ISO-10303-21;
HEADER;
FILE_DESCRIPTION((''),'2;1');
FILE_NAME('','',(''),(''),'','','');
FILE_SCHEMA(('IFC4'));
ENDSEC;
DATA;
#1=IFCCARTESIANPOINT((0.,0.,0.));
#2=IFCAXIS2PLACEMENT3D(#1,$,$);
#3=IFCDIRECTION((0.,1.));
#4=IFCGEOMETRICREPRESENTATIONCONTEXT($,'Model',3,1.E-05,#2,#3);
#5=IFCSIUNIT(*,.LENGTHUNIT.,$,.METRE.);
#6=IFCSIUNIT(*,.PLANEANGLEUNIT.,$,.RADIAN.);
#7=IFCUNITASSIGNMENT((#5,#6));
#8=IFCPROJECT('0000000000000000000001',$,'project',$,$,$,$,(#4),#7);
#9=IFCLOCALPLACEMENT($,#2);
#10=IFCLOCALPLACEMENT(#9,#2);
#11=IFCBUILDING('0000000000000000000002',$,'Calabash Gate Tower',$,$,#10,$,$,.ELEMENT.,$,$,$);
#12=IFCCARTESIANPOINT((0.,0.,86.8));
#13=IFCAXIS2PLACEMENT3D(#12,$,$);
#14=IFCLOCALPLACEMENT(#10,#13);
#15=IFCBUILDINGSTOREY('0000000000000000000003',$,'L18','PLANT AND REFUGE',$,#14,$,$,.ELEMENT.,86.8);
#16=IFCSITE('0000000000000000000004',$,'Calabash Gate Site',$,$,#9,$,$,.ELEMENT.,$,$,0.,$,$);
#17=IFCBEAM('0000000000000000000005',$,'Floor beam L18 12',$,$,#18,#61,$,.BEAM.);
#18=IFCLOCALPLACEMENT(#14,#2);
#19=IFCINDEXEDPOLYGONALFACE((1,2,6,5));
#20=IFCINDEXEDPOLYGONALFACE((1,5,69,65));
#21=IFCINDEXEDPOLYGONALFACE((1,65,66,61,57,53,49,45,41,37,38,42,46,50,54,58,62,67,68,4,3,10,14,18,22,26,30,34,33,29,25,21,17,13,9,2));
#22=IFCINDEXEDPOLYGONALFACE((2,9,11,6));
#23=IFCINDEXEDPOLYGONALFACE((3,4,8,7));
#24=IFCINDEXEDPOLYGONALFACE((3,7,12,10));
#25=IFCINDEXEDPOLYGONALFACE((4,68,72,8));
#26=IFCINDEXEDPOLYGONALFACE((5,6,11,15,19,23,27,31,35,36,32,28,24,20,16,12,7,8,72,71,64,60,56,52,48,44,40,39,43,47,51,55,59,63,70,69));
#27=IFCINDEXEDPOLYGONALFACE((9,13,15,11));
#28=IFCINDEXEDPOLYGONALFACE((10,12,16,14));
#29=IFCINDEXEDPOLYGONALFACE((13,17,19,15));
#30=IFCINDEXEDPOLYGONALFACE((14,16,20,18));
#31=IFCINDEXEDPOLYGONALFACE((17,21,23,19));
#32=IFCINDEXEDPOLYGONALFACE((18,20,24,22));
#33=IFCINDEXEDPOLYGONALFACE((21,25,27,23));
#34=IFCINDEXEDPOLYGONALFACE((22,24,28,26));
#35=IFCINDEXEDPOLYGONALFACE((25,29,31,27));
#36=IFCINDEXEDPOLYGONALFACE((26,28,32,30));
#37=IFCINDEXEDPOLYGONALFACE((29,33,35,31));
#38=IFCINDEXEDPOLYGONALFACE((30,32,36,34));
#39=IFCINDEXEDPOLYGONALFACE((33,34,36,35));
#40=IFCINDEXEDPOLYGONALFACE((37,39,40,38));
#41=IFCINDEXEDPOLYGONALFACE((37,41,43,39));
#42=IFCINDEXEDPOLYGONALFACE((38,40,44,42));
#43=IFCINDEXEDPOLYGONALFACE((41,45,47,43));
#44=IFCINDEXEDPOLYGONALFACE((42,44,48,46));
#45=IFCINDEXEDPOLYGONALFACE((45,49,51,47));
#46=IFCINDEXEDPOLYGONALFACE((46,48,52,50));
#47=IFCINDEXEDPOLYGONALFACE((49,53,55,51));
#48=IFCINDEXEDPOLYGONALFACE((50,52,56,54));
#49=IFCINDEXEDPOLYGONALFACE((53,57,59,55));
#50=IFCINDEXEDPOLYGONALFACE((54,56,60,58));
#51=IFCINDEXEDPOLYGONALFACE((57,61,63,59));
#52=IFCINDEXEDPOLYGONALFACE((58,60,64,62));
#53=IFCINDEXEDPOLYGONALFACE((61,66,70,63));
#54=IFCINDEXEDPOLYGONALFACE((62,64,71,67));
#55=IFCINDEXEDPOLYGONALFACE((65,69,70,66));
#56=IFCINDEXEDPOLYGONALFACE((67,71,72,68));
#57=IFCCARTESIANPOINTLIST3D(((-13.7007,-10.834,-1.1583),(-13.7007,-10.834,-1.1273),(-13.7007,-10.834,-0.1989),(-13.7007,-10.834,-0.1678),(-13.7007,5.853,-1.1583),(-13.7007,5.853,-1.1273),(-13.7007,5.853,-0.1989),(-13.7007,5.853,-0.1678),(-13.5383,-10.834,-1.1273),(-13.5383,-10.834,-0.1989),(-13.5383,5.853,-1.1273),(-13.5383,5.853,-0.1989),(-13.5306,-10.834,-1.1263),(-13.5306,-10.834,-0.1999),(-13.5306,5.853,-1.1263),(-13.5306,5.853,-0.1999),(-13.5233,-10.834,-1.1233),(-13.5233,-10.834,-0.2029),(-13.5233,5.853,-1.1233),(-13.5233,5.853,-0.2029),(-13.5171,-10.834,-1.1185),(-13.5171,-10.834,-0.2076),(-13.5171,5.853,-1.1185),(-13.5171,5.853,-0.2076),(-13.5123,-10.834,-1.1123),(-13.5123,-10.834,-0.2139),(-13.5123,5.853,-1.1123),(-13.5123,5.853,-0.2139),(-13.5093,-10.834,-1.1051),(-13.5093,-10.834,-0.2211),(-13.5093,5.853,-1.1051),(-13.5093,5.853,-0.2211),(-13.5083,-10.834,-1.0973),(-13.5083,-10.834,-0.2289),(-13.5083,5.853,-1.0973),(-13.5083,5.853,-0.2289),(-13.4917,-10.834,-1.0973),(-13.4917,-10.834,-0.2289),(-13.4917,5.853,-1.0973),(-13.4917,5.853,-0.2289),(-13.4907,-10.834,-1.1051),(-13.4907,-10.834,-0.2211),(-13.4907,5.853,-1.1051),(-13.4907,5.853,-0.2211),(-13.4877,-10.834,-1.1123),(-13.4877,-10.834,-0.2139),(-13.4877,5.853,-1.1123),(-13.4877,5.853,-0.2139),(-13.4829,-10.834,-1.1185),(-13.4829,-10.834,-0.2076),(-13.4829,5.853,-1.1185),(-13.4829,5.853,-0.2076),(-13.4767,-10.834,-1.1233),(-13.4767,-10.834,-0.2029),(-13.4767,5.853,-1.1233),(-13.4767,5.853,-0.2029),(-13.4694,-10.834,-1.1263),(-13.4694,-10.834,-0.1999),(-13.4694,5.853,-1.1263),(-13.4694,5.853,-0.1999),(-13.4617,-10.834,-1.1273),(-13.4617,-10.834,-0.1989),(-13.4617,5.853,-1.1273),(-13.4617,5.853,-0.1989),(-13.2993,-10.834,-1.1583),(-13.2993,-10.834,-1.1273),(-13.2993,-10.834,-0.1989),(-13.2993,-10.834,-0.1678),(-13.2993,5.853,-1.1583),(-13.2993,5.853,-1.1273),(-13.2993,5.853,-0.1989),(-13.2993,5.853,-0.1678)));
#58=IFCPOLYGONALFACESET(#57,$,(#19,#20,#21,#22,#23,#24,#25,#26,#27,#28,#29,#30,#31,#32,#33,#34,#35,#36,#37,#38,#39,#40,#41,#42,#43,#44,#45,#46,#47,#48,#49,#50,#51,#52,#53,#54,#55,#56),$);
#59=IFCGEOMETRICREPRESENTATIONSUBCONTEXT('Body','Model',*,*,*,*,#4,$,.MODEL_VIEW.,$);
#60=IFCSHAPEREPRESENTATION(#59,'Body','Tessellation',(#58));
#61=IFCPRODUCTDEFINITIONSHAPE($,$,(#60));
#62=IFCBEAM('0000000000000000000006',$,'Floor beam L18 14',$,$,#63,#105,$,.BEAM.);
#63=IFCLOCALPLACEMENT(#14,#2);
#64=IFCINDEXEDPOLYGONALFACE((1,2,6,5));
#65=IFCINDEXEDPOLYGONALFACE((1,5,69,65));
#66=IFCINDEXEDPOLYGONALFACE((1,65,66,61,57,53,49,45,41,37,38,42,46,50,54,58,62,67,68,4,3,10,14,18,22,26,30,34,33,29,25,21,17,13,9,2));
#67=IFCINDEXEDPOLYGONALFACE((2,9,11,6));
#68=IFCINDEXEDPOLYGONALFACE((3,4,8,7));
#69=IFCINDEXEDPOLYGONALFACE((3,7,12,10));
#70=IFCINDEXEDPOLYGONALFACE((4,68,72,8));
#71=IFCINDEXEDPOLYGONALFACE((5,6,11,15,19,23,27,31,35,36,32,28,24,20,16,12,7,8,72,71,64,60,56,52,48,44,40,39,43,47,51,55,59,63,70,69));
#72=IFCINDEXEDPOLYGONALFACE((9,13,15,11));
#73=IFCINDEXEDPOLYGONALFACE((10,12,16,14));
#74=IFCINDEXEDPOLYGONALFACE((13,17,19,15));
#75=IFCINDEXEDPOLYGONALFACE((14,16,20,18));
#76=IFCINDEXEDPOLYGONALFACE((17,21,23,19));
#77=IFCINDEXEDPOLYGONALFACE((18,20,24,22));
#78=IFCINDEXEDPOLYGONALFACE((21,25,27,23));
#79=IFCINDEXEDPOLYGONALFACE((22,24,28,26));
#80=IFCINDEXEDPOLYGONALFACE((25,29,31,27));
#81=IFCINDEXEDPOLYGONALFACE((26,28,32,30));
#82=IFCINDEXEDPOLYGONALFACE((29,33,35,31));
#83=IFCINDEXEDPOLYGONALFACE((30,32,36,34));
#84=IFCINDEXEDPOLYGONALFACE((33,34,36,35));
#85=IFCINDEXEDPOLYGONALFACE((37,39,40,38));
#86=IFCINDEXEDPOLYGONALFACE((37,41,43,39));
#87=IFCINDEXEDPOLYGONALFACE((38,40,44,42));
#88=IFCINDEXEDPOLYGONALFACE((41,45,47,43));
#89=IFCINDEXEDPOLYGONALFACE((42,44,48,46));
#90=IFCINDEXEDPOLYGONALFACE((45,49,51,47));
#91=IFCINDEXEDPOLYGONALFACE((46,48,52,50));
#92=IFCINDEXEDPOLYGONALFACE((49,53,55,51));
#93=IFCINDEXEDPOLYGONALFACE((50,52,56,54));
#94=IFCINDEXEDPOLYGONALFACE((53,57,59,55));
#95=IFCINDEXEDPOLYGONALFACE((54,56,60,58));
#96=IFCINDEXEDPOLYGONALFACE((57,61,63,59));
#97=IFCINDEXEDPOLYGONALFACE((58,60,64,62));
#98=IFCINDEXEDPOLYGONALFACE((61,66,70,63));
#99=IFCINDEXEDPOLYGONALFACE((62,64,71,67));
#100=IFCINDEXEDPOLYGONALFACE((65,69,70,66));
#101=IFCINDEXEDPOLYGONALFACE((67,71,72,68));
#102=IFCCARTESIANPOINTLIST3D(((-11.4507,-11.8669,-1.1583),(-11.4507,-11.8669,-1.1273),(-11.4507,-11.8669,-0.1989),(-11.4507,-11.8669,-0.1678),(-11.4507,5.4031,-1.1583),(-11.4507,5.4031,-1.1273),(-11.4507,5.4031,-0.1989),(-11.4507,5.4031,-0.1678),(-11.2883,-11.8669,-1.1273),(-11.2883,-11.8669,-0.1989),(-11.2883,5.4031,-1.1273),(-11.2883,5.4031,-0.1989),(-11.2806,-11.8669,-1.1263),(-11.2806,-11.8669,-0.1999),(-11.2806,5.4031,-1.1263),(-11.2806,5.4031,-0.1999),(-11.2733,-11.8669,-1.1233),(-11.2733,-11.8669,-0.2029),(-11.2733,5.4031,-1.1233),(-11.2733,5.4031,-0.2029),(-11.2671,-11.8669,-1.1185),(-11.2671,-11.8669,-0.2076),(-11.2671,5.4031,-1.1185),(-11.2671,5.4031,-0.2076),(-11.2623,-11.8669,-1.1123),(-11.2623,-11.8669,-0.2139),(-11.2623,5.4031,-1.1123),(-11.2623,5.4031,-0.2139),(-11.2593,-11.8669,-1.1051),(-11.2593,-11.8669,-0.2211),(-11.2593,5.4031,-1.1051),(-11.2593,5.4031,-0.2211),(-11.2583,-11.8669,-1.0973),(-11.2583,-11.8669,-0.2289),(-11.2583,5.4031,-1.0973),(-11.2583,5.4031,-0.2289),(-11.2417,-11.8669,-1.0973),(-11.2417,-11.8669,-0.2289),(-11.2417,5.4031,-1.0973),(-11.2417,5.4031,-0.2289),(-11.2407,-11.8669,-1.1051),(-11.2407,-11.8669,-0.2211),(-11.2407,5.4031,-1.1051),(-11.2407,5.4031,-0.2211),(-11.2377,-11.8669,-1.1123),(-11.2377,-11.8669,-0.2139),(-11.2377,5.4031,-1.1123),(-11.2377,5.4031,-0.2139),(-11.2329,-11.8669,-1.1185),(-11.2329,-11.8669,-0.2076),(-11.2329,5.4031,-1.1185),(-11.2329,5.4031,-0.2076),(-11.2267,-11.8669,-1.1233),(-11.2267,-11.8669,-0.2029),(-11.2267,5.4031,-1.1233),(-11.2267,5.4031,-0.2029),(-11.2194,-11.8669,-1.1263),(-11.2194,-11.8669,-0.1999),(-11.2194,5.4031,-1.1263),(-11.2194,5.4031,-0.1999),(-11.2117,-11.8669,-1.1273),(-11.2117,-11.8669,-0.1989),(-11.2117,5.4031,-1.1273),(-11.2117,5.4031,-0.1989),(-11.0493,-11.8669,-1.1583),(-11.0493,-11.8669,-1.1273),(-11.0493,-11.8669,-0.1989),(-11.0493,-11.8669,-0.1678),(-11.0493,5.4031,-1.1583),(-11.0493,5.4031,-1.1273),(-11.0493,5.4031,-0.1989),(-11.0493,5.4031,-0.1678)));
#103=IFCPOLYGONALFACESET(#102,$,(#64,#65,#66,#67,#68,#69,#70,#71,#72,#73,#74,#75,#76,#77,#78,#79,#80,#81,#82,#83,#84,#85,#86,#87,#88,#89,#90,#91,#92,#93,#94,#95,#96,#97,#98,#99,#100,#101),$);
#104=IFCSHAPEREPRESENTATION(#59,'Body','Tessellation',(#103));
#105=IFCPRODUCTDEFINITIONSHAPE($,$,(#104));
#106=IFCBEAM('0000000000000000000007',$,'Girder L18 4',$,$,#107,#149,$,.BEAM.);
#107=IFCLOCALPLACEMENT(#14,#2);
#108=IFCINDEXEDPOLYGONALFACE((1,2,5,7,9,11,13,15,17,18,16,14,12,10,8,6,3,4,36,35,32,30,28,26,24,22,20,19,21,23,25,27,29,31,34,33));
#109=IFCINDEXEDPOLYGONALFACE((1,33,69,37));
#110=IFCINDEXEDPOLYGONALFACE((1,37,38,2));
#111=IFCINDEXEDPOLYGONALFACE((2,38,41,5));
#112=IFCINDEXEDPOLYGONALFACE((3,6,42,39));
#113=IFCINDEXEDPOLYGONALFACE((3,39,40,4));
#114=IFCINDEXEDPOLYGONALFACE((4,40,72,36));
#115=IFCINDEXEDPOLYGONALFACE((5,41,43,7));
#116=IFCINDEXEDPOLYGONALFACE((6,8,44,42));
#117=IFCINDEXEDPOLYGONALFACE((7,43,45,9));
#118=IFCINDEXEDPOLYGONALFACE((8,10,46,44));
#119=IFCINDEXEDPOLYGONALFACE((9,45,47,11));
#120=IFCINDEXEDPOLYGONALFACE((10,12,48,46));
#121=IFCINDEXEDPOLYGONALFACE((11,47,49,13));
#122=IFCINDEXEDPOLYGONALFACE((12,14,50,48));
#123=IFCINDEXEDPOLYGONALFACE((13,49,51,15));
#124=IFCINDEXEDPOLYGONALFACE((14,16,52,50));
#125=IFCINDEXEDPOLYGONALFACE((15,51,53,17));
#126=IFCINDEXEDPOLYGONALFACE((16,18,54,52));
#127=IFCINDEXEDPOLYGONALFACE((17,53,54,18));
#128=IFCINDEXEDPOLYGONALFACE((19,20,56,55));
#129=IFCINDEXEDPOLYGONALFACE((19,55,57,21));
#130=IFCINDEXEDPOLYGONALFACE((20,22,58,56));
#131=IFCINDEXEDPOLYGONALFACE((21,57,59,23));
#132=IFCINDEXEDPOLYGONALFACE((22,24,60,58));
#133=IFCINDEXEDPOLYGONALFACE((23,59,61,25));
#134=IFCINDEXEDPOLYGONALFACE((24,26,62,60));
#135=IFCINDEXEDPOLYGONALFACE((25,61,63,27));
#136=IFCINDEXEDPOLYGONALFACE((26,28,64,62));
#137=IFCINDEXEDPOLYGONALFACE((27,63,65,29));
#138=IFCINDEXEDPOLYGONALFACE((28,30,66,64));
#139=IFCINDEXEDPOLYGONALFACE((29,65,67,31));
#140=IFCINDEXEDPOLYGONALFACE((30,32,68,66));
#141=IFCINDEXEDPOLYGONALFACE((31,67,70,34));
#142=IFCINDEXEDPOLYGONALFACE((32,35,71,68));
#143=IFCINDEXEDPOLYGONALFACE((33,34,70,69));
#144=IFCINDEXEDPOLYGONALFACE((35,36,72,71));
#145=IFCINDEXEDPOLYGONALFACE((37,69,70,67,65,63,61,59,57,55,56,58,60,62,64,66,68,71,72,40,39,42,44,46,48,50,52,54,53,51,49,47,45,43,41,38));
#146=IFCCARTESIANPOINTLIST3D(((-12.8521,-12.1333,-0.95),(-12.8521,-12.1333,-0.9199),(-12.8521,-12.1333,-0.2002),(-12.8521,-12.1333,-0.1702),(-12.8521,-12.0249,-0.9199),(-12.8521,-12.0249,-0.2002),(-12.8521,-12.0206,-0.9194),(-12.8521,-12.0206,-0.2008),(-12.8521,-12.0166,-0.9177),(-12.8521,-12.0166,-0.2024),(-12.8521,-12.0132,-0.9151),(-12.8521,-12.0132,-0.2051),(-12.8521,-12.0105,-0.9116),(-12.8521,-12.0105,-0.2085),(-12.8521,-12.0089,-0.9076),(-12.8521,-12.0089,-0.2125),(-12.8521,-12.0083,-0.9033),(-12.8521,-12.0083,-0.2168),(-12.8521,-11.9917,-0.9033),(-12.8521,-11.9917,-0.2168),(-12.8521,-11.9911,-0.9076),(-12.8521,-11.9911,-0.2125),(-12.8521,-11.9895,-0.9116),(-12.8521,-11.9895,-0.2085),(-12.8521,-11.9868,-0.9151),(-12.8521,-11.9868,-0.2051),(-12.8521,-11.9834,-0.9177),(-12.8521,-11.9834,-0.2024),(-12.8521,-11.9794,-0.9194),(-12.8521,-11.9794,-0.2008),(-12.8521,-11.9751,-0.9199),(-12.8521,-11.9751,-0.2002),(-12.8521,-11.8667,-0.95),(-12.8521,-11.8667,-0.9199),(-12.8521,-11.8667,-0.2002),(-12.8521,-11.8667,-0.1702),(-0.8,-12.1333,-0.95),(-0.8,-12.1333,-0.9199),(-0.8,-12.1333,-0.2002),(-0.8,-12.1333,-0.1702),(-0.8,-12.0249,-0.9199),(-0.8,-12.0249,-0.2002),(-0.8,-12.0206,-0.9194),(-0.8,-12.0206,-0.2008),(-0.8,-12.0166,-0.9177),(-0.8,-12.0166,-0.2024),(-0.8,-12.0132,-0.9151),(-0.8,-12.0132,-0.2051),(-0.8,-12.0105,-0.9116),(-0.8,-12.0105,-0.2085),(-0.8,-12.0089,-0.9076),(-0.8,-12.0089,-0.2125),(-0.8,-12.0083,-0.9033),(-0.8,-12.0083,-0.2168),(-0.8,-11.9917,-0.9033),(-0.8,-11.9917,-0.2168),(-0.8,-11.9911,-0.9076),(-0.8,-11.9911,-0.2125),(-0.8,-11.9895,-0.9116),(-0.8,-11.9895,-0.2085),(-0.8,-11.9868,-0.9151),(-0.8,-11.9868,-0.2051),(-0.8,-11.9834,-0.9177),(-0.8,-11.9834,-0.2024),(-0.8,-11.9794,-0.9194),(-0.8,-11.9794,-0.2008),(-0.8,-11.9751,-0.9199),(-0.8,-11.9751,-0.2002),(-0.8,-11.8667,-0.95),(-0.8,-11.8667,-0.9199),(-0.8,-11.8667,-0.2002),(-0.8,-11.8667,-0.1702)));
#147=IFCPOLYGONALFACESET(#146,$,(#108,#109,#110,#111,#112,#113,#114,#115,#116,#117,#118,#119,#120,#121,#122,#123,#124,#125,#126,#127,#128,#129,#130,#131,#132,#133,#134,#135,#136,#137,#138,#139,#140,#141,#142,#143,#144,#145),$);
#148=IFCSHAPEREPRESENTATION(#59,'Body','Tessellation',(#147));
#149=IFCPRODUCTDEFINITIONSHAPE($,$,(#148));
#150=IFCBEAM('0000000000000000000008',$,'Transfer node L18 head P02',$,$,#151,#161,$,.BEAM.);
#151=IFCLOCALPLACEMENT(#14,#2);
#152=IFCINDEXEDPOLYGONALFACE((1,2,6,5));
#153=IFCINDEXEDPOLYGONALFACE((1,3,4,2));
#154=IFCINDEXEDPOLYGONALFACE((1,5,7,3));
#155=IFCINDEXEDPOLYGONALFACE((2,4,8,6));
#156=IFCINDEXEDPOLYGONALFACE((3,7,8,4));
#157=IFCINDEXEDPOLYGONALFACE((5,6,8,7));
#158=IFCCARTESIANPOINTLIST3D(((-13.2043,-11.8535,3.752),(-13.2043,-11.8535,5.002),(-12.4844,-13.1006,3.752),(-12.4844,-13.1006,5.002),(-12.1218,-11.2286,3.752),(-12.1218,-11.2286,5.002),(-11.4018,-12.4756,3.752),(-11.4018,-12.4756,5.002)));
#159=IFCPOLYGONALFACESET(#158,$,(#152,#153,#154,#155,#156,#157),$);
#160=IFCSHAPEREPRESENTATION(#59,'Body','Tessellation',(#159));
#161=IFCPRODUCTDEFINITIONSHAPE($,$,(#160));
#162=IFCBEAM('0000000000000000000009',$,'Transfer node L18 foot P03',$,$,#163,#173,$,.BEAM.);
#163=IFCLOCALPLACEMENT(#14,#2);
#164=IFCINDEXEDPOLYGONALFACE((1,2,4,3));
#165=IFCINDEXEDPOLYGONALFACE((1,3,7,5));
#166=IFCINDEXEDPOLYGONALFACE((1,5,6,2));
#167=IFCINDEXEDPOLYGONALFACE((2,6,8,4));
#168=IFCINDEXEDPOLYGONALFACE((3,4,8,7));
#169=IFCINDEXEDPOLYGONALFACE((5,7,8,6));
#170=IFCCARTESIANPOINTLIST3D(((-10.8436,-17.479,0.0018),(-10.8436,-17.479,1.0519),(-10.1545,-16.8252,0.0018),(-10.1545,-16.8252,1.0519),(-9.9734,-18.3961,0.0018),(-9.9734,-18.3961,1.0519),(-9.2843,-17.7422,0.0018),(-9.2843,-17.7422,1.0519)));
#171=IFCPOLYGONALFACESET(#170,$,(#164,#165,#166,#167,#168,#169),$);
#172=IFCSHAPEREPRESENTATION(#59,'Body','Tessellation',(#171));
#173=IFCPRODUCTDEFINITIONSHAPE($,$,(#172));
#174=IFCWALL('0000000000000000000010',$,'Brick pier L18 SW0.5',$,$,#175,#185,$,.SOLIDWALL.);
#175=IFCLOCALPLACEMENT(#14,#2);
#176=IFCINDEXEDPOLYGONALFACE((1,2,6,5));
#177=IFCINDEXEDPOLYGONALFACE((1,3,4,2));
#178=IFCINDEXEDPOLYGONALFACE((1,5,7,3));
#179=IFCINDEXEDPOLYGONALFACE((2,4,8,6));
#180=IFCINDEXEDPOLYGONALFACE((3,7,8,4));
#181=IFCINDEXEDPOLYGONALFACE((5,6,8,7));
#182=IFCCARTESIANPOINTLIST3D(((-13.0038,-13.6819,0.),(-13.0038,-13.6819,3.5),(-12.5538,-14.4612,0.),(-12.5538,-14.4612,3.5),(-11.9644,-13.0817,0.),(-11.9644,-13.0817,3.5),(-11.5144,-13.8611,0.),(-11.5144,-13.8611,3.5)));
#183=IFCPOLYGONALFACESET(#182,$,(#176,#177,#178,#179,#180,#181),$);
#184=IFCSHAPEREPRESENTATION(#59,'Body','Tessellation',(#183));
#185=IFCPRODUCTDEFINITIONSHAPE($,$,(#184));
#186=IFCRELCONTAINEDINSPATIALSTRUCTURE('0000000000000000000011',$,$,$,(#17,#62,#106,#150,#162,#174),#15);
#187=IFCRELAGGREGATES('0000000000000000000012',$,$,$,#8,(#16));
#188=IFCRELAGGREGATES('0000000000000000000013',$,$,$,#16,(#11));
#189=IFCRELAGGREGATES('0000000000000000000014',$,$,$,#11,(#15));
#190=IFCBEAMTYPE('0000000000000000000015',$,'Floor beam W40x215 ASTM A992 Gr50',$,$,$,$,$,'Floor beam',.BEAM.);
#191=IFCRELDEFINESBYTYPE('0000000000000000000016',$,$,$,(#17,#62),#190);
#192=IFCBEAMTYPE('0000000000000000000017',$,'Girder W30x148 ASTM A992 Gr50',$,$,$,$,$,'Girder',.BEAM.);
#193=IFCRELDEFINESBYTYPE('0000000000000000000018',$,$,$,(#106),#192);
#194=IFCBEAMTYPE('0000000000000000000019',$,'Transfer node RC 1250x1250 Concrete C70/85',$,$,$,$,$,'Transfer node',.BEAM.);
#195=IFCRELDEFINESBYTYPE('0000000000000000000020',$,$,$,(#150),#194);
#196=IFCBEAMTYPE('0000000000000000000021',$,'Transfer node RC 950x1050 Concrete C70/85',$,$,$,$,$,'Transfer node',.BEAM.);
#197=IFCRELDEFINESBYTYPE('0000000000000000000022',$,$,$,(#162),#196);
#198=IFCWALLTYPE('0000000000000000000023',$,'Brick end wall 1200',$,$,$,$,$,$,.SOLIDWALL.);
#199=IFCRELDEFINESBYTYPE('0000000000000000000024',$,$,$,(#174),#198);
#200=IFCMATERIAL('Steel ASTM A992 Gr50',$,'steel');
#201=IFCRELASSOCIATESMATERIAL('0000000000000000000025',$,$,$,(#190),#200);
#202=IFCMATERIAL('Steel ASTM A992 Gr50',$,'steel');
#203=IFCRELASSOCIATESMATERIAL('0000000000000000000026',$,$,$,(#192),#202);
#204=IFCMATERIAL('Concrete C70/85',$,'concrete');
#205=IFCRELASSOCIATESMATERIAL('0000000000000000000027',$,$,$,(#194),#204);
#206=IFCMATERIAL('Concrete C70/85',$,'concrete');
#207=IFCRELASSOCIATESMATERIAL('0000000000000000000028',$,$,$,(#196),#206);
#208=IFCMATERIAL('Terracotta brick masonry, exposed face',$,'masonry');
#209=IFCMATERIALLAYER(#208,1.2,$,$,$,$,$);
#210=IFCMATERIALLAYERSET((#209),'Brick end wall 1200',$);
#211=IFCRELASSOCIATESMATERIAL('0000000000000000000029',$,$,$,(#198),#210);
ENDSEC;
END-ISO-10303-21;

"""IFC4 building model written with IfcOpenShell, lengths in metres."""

from ifc_helpers import new_model, si_unit, direction, frame, frame_2d, origin, origin_2d, place, context, subcontext, project, spatial, rectangle, i_section, extrude, material, layer, layer_set, material_profile, profile_set, type_object, element, save


model = new_model("IFC4")

# Units and contexts
model_context = context("Model", 3, precision=1e-05, world=origin(), true_north=direction((0.0, 1.0)))
body_context = subcontext(model_context, "Body", "Model", "MODEL_VIEW")
ifc_project = project(units=[si_unit("LENGTHUNIT", "METRE"), si_unit("PLANEANGLEUNIT", "RADIAN")], contexts=[model_context])

# Site, building, storey
site_placement = place(None, origin())
site = spatial("IfcSite", under=ifc_project, at=site_placement, Name="Calabash Gate Site", CompositionType="ELEMENT", RefElevation=0.0)
building_placement = place(site_placement, origin())
building = spatial("IfcBuilding", under=site, at=building_placement, Name="Calabash Gate Tower", CompositionType="ELEMENT")
storey_placement = place(building_placement, frame((0.0, 0.0, 86.8)))
storey = spatial("IfcBuildingStorey", under=building, at=storey_placement, Name="L18", Description="PLANT AND REFUGE", CompositionType="ELEMENT", Elevation=86.8)

# Beams
ifc_material_1 = material(Name="Steel ASTM A992 Gr50", Category="steel")
ifc_material_profile_1 = material_profile(ifc_material_1, i_section(OverallWidth=0.4014, OverallDepth=0.9905, WebThickness=0.0166, FlangeThickness=0.031, FilletRadius=0.03, at=origin_2d()))
ifc_profile_set_1 = profile_set([ifc_material_profile_1], Name="Steel ASTM A992 Gr50")
beam_type_1 = type_object("IfcBeamType", Name="Floor beam W40x215 ASTM A992 Gr50", ElementType="Floor beam", PredefinedType="BEAM", material=ifc_profile_set_1)
beam_1_placement = place(storey_placement, frame((-13.5, -10.834, -0.6631), z_axis=(0.0, 1.0, 0.0), x_axis=(-1.0, 0.0, 0.0)))
element("IfcBeam", 1, at=beam_1_placement, inside=storey, type_object=beam_type_1, Name="Floor beam L18 12", PredefinedType="BEAM", context=body_context, shape_type="SweptSolid", body=[
    extrude(i_section(OverallWidth=0.4014, OverallDepth=0.9905, WebThickness=0.0166, FlangeThickness=0.031, FilletRadius=0.03, at=origin_2d()), origin(), (0.0, 0.0, 1.0), 16.687),
])
beam_2_placement = place(storey_placement, frame((-11.25, -11.8669, -0.6631), z_axis=(0.0, 1.0, 0.0), x_axis=(-1.0, 0.0, 0.0)))
element("IfcBeam", 2, at=beam_2_placement, inside=storey, type_object=beam_type_1, Name="Floor beam L18 14", PredefinedType="BEAM", context=body_context, shape_type="SweptSolid", body=[
    extrude(i_section(OverallWidth=0.4014, OverallDepth=0.9905, WebThickness=0.0166, FlangeThickness=0.031, FilletRadius=0.03, at=origin_2d()), origin(), (0.0, 0.0, 1.0), 17.27),
])
ifc_material_2 = material(Name="Steel ASTM A992 Gr50", Category="steel")
ifc_material_profile_2 = material_profile(ifc_material_2, i_section(OverallWidth=0.2666, OverallDepth=0.7798, WebThickness=0.0166, FlangeThickness=0.03, FilletRadius=0.0166, at=origin_2d()))
ifc_profile_set_2 = profile_set([ifc_material_profile_2], Name="Steel ASTM A992 Gr50")
beam_type_2 = type_object("IfcBeamType", Name="Girder W30x148 ASTM A992 Gr50", ElementType="Girder", PredefinedType="BEAM", material=ifc_profile_set_2)
beam_3_placement = place(storey_placement, frame((-12.8521, -12.0, -0.5601), z_axis=(1.0, 0.0, 0.0), x_axis=(0.0, 1.0, 0.0)))
element("IfcBeam", 3, at=beam_3_placement, inside=storey, type_object=beam_type_2, Name="Girder L18 4", PredefinedType="BEAM", context=body_context, shape_type="SweptSolid", body=[
    extrude(i_section(OverallWidth=0.2666, OverallDepth=0.7798, WebThickness=0.0166, FlangeThickness=0.03, FilletRadius=0.0166, at=origin_2d()), origin(), (0.0, 0.0, 1.0), 12.052),
])
ifc_material_3 = material(Name="Concrete C70/85", Category="concrete")
ifc_material_profile_3 = material_profile(ifc_material_3, rectangle(XDim=1.25, YDim=1.25, at=origin_2d()))
ifc_profile_set_3 = profile_set([ifc_material_profile_3], Name="Concrete C70/85")
beam_type_3 = type_object("IfcBeamType", Name="Transfer node RC 1250x1250 Concrete C70/85", ElementType="Transfer node", PredefinedType="BEAM", material=ifc_profile_set_3)
beam_4_placement = place(storey_placement, frame((-11.9431, -12.7881, 4.377), z_axis=(-0.499987, 0.866033, 0.0), x_axis=(-0.866033, -0.499987, 0.0)))
element("IfcBeam", 4, at=beam_4_placement, inside=storey, type_object=beam_type_3, Name="Transfer node L18 head P02", PredefinedType="BEAM", context=body_context, shape_type="SweptSolid", body=[
    extrude(rectangle(XDim=1.25, YDim=1.25, at=origin_2d()), origin(), (0.0, 0.0, 1.0), 1.4399),
])
ifc_material_4 = material(Name="Concrete C70/85", Category="concrete")
ifc_material_profile_4 = material_profile(ifc_material_4, rectangle(XDim=0.95, YDim=1.05, at=origin_2d()))
ifc_profile_set_4 = profile_set([ifc_material_profile_4], Name="Concrete C70/85")
beam_type_4 = type_object("IfcBeamType", Name="Transfer node RC 950x1050 Concrete C70/85", ElementType="Transfer node", PredefinedType="BEAM", material=ifc_profile_set_4)
beam_5_placement = place(storey_placement, frame((-10.499, -17.1521, 0.5269), z_axis=(0.688323, -0.725404, 0.0), x_axis=(0.725404, 0.688323, 0.0)))
element("IfcBeam", 5, at=beam_5_placement, inside=storey, type_object=beam_type_4, Name="Transfer node L18 foot P03", PredefinedType="BEAM", context=body_context, shape_type="SweptSolid", body=[
    extrude(rectangle(XDim=0.95, YDim=1.05, at=origin_2d()), origin(), (0.0, 0.0, 1.0), 1.2642),
])

# Wall
ifc_material_5 = material(Name="Terracotta brick masonry, exposed face", Category="masonry")
ifc_layer_1 = layer(ifc_material_5, 1.2)
ifc_layer_set_1 = layer_set([ifc_layer_1], Name="Brick end wall 1200")
wall_type_1 = type_object("IfcWallType", Name="Brick end wall 1200", PredefinedType="SOLIDWALL", material=ifc_layer_set_1)
wall_1_placement = place(storey_placement, frame((-12.7788, -14.0715, 0.0), z_axis=(0.0, 0.0, 1.0), x_axis=(0.866006, 0.500034, 0.0)))
element("IfcWall", 6, at=wall_1_placement, inside=storey, type_object=wall_type_1, Name="Brick pier L18 SW0.5", PredefinedType="SOLIDWALL", context=body_context, shape_type="SweptSolid", body=[
    extrude(rectangle(XDim=1.2002, YDim=0.8999, at=frame_2d((0.6001, 0.0))), origin(), (0.0, 0.0, 1.0), 3.5),
])

save(model, "model.ifc")
